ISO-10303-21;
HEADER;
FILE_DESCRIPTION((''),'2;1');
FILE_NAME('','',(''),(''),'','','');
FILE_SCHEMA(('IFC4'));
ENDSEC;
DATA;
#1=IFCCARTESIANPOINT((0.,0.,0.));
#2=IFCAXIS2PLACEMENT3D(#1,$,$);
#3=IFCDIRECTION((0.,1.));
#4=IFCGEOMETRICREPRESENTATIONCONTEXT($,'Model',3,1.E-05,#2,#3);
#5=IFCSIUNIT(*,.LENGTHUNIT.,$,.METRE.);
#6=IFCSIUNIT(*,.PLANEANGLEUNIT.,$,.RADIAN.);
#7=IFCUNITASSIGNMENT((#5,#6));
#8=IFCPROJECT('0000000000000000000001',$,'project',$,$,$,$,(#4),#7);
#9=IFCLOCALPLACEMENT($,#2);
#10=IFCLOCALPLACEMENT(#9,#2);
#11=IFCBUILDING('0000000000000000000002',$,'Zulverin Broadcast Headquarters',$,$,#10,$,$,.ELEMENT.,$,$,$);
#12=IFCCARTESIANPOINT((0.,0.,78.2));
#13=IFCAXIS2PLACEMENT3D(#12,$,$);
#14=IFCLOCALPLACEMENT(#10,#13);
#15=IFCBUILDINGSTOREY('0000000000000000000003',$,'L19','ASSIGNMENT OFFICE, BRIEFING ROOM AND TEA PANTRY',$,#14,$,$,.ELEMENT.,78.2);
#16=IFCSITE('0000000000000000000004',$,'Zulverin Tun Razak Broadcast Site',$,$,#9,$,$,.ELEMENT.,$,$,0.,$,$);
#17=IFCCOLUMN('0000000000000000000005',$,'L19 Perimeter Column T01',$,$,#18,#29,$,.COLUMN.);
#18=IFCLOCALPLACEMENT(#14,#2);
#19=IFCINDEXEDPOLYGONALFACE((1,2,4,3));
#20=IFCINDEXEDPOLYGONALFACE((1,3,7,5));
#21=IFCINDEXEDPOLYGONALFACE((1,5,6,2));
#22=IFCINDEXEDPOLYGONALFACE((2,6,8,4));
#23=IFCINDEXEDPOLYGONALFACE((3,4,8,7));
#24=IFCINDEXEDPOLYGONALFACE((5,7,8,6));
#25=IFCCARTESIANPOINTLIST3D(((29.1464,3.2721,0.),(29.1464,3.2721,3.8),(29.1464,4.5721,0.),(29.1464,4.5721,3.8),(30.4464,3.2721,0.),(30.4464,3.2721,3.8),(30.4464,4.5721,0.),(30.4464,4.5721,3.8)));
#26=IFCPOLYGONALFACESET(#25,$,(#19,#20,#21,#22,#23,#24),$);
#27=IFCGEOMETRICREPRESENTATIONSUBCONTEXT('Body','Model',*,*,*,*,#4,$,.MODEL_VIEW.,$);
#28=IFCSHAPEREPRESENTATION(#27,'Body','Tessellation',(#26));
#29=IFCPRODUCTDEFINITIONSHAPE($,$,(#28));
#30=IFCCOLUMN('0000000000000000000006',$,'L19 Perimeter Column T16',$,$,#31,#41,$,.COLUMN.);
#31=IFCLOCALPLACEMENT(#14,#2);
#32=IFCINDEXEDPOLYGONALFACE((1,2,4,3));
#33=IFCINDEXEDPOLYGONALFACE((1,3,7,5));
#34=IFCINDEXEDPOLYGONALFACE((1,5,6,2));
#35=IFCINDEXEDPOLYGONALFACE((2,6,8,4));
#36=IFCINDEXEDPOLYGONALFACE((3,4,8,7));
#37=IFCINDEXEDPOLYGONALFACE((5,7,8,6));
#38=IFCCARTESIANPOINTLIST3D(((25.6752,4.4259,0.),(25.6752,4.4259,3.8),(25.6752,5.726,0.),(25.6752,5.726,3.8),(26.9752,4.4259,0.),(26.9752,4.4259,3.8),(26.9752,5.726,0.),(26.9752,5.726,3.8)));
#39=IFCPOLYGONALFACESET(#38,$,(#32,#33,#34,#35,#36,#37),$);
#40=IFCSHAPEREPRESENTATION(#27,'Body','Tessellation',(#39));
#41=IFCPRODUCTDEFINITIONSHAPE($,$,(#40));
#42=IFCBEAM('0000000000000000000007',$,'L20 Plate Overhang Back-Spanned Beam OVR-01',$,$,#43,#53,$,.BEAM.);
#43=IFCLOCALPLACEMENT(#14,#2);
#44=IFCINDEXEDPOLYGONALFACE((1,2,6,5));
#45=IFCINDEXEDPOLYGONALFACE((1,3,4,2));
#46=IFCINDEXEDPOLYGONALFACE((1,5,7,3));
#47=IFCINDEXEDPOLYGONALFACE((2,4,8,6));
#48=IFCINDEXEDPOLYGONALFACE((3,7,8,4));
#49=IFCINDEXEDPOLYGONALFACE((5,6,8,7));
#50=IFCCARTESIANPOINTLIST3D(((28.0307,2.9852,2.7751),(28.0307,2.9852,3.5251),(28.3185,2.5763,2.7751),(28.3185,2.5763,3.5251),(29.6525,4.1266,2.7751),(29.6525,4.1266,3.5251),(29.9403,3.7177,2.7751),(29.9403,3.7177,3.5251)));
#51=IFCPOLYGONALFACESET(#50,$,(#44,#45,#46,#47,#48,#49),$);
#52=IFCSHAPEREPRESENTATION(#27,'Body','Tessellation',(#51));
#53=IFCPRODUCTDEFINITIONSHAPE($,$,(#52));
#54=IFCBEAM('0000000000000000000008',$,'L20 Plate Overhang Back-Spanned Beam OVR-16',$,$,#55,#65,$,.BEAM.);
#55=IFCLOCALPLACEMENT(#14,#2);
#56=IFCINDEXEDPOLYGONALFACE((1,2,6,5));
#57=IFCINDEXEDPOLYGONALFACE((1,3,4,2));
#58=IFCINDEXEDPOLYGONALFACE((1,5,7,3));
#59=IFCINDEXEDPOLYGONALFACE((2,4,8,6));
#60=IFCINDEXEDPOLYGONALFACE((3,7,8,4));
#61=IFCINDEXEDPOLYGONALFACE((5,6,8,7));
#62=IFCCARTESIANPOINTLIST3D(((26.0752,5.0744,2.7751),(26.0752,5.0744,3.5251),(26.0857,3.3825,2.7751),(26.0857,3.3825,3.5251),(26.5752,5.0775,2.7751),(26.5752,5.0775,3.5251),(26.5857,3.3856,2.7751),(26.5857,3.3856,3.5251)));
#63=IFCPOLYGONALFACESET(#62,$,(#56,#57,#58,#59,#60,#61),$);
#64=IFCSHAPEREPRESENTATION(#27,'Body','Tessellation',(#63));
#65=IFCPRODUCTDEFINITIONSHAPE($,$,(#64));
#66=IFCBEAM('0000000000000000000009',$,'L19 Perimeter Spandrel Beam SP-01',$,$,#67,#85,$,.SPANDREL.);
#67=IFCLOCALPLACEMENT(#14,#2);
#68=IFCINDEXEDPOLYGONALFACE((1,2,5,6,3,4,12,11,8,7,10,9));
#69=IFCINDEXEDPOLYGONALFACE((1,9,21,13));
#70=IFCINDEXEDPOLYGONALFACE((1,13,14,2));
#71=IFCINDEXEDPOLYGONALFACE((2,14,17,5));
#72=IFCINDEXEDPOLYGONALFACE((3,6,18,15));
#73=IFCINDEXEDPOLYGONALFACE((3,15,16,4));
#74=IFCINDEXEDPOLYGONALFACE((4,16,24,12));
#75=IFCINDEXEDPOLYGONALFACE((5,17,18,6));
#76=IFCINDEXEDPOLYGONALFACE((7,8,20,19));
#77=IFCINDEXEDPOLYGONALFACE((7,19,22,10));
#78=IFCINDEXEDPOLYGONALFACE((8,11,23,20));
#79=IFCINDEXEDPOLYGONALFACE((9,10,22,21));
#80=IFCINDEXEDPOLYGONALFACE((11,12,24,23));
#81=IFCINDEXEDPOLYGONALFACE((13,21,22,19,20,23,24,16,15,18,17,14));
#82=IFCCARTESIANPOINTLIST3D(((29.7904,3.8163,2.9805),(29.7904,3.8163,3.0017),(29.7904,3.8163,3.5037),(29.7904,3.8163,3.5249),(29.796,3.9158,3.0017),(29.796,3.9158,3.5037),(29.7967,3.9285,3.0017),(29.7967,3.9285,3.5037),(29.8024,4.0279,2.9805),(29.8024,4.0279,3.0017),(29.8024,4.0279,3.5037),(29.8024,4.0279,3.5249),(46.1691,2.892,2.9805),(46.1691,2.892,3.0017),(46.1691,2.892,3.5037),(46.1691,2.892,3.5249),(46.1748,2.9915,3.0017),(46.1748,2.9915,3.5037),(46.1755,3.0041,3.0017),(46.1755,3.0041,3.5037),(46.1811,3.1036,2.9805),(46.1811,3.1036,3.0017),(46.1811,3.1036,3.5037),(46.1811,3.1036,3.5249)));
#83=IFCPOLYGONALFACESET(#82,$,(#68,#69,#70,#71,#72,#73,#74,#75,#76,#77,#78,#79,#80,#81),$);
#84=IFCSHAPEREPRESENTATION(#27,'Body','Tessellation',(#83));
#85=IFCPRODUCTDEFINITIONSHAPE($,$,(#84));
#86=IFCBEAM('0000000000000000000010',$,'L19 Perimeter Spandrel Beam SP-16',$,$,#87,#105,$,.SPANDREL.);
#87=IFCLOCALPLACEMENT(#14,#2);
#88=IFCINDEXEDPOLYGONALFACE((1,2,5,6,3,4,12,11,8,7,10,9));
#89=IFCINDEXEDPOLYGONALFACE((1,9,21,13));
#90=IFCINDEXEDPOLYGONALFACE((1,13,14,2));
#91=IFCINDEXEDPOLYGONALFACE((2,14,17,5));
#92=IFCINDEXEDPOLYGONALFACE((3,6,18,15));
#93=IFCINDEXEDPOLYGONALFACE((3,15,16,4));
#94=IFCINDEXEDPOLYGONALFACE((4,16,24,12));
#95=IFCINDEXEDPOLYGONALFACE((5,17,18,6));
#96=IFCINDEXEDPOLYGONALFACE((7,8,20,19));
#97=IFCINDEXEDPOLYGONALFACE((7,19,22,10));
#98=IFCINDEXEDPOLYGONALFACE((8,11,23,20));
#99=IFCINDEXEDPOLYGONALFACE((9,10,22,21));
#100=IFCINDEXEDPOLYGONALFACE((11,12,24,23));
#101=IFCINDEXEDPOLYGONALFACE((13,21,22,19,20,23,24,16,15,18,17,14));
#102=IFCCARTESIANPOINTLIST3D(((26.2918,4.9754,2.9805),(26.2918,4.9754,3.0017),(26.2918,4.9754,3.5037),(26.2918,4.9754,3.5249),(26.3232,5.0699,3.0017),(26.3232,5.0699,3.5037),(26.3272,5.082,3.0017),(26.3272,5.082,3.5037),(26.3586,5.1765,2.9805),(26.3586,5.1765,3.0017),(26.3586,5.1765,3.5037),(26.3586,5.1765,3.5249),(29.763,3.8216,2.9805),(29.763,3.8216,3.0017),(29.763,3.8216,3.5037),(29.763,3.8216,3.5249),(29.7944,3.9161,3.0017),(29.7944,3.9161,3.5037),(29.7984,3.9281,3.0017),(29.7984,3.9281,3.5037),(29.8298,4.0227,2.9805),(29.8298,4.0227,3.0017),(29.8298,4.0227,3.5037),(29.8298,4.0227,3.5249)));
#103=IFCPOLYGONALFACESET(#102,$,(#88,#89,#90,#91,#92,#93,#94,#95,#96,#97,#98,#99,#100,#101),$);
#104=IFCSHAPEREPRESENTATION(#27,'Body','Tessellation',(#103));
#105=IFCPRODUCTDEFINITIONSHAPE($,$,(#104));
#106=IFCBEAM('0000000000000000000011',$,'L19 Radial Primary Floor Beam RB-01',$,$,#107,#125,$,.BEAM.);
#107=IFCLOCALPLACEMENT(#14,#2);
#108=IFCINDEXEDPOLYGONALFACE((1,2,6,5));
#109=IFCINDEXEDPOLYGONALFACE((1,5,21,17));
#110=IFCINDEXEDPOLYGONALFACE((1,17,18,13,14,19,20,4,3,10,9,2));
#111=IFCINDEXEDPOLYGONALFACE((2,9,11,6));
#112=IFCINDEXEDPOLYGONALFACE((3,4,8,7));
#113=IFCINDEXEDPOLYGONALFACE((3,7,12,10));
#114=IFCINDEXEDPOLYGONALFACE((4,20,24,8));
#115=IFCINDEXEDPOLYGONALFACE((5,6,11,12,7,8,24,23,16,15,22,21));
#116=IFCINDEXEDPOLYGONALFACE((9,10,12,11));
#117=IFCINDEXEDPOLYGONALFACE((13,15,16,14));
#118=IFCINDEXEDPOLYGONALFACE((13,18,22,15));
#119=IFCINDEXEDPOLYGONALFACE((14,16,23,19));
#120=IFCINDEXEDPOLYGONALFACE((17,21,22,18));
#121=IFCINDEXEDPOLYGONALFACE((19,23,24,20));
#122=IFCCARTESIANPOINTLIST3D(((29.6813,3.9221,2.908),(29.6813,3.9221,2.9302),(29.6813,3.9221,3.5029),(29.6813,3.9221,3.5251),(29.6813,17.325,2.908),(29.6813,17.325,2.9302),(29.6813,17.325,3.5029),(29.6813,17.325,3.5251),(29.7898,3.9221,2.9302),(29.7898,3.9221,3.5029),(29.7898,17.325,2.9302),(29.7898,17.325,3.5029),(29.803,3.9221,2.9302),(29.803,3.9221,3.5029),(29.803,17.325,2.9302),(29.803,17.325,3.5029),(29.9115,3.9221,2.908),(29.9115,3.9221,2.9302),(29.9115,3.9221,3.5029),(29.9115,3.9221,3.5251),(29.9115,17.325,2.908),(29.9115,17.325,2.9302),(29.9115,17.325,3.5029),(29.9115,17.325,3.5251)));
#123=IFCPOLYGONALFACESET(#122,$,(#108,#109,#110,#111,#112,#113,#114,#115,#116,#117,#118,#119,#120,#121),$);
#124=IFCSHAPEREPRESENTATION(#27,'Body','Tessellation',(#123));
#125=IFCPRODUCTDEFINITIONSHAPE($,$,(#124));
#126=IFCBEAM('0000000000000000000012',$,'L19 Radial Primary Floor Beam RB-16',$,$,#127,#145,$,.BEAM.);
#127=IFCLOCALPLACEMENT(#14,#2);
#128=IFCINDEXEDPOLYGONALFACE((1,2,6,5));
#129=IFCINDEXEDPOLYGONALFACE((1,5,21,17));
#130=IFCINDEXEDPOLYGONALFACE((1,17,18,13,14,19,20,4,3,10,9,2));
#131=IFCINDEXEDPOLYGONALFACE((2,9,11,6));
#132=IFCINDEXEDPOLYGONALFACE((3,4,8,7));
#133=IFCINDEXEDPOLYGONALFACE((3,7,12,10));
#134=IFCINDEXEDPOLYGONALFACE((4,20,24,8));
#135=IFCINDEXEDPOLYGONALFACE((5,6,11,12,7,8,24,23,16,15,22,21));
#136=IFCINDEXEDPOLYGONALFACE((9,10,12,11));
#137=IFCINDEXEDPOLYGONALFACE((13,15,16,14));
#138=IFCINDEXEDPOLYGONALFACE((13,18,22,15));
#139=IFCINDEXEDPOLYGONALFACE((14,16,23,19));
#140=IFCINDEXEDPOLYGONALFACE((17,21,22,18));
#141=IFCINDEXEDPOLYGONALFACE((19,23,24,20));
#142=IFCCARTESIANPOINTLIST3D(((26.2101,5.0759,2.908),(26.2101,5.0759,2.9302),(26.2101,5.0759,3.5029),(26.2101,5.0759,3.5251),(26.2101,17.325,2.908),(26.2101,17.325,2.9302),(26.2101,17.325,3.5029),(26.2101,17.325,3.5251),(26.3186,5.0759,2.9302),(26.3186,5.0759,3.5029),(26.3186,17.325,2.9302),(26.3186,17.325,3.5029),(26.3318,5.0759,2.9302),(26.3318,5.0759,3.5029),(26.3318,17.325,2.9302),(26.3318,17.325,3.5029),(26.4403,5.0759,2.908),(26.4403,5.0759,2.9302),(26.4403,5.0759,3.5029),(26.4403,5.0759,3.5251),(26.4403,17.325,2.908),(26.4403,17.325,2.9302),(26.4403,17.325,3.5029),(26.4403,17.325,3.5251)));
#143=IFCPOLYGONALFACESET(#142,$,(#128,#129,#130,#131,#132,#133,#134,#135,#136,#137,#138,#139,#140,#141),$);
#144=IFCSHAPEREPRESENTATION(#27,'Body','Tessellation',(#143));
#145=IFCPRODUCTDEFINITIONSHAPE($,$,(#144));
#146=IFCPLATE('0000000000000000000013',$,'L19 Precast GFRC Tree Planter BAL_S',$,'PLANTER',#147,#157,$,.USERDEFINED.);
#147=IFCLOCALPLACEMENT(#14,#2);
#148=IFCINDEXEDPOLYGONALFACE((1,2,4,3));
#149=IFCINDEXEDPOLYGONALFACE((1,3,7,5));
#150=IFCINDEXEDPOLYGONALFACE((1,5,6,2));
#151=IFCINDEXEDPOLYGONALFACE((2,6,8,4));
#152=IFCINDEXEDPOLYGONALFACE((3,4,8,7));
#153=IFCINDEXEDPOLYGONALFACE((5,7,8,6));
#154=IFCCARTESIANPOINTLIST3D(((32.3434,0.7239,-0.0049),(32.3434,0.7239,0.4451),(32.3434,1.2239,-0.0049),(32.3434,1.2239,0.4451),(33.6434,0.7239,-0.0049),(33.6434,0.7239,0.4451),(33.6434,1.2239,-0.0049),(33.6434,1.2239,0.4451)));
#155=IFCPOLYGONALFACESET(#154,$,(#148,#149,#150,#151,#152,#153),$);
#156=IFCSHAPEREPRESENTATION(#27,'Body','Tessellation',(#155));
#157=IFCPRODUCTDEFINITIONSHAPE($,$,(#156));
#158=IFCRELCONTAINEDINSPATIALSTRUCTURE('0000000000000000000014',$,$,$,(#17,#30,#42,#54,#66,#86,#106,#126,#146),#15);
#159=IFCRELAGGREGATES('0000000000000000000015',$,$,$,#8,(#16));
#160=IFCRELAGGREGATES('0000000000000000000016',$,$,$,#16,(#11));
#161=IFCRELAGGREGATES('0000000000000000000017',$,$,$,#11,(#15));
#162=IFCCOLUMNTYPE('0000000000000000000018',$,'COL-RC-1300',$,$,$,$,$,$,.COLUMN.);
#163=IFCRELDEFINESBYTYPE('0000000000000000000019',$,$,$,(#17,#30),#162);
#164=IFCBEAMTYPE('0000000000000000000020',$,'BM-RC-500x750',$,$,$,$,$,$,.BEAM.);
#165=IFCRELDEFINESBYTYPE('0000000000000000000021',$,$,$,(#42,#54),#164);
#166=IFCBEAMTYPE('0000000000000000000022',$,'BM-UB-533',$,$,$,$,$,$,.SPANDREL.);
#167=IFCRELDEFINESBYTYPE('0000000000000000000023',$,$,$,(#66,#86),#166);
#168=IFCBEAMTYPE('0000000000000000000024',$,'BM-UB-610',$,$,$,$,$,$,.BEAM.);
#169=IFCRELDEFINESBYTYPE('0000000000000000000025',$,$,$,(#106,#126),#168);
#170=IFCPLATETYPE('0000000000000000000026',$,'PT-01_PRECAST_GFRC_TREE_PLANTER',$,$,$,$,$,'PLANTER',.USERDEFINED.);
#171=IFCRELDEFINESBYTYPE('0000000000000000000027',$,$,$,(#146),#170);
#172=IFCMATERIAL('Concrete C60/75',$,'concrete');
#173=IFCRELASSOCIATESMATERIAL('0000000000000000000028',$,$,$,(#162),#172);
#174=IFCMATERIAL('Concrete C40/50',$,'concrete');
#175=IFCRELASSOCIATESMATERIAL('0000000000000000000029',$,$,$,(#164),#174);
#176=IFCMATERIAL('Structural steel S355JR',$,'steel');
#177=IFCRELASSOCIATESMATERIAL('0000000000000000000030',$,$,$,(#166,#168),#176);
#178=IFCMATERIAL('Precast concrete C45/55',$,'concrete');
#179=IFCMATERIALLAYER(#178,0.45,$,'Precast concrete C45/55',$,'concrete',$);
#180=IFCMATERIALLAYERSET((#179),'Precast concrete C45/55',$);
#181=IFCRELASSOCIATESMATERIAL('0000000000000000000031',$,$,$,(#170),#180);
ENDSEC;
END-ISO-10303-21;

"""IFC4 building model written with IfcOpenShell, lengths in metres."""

from ifc_helpers import new_model, si_unit, direction, frame, origin, origin_2d, place, context, subcontext, project, spatial, rectangle, i_section, extrude, material, layer, layer_set, material_profile, profile_set, type_object, element, save


model = new_model("IFC4")

# Units and contexts
model_context = context("Model", 3, precision=1e-05, world=origin(), true_north=direction((0.0, 1.0)))
body_context = subcontext(model_context, "Body", "Model", "MODEL_VIEW")
ifc_project = project(units=[si_unit("LENGTHUNIT", "METRE"), si_unit("PLANEANGLEUNIT", "RADIAN")], contexts=[model_context])

# Site, building, storey
site_placement = place(None, origin())
site = spatial("IfcSite", under=ifc_project, at=site_placement, Name="Zulverin Tun Razak Broadcast Site", CompositionType="ELEMENT", RefElevation=0.0)
building_placement = place(site_placement, origin())
building = spatial("IfcBuilding", under=site, at=building_placement, Name="Zulverin Broadcast Headquarters", CompositionType="ELEMENT")
storey_placement = place(building_placement, frame((0.0, 0.0, 78.2)))
storey = spatial("IfcBuildingStorey", under=building, at=storey_placement, Name="L19", Description="ASSIGNMENT OFFICE, BRIEFING ROOM AND TEA PANTRY", CompositionType="ELEMENT", Elevation=78.2)

# Columns
ifc_material_1 = material(Name="Concrete C60/75", Category="concrete")
ifc_material_profile_1 = material_profile(ifc_material_1, rectangle(XDim=1.3, YDim=1.3, at=origin_2d()), Name="Concrete C60/75", Category="concrete")
ifc_profile_set_1 = profile_set([ifc_material_profile_1], Name="Concrete C60/75")
column_type = type_object("IfcColumnType", Name="COL-RC-1300", PredefinedType="COLUMN", material=ifc_profile_set_1)
for number, where, z_axis, x_axis, name in (
    (1, (29.7964, 3.9221, 0.0), (0.0, 0.0, 1.0), (1.0, 0.0, 0.0), "L19 Perimeter Column T01"),
    (2, (26.3252, 5.0759, 0.0), (0.0, 0.0, 1.0), (1.0, 0.0, 0.0), "L19 Perimeter Column T16"),
):
    element("IfcColumn", number, at=place(storey_placement, frame(where, z_axis=z_axis, x_axis=x_axis)), inside=storey, type_object=column_type, Name=name, PredefinedType="COLUMN", context=body_context, shape_type="SweptSolid", body=[
        extrude(rectangle(XDim=1.3, YDim=1.3, at=origin_2d()), origin(), (0.0, 0.0, 1.0), 3.8),
    ])

# Beams
ifc_material_2 = material(Name="Concrete C40/50", Category="concrete")
ifc_material_profile_2 = material_profile(ifc_material_2, rectangle(XDim=0.5, YDim=0.75, at=origin_2d()), Name="Concrete C40/50", Category="concrete")
ifc_profile_set_2 = profile_set([ifc_material_profile_2], Name="Concrete C40/50")
beam_type_1 = type_object("IfcBeamType", Name="BM-RC-500x750", PredefinedType="BEAM", material=ifc_profile_set_2)
beam_1_placement = place(storey_placement, frame((29.7964, 3.9221, 3.1501), z_axis=(-0.817789, -0.575518, 0.0), x_axis=(0.575518, -0.817789, 0.0)))
element("IfcBeam", 3, at=beam_1_placement, inside=storey, type_object=beam_type_1, Name="L20 Plate Overhang Back-Spanned Beam OVR-01", PredefinedType="BEAM", context=body_context, shape_type="SweptSolid", body=[
    extrude(rectangle(XDim=0.5, YDim=0.75, at=origin_2d()), origin(), (0.0, 0.0, 1.0), 1.9832),
])
beam_2_placement = place(storey_placement, frame((26.3252, 5.0759, 3.1501), z_axis=(0.006205, -0.999981, 0.0), x_axis=(0.999981, 0.006205, 0.0)))
element("IfcBeam", 4, at=beam_2_placement, inside=storey, type_object=beam_type_1, Name="L20 Plate Overhang Back-Spanned Beam OVR-16", PredefinedType="BEAM", context=body_context, shape_type="SweptSolid", body=[
    extrude(rectangle(XDim=0.5, YDim=0.75, at=origin_2d()), origin(), (0.0, 0.0, 1.0), 1.6919),
])
ifc_material_3 = material(Name="Structural steel S355JR", Category="steel")
ifc_material_profile_3 = material_profile(ifc_material_3, i_section(OverallWidth=0.2119, OverallDepth=0.5444, WebThickness=0.0127, FlangeThickness=0.0212, at=origin_2d()), Name="Structural steel S355JR", Category="steel")
ifc_profile_set_3 = profile_set([ifc_material_profile_3], Name="Structural steel S355JR")
beam_type_2 = type_object("IfcBeamType", Name="BM-UB-533", PredefinedType="SPANDREL", material=ifc_profile_set_3)
beam_3_placement = place(storey_placement, frame((29.7964, 3.9221, 3.2527), z_axis=(0.998411, -0.056345, 0.0), x_axis=(0.056345, 0.998411, 0.0)))
element("IfcBeam", 5, at=beam_3_placement, inside=storey, type_object=beam_type_2, Name="L19 Perimeter Spandrel Beam SP-01", PredefinedType="SPANDREL", context=body_context, shape_type="SweptSolid", body=[
    extrude(i_section(OverallWidth=0.2119, OverallDepth=0.5444, WebThickness=0.0127, FlangeThickness=0.0212, at=origin_2d()), origin(), (0.0, 0.0, 1.0), 16.4048),
])
beam_4_placement = place(storey_placement, frame((26.3252, 5.0759, 3.2527), z_axis=(0.94895, -0.315427, 0.0), x_axis=(0.315427, 0.94895, 0.0)))
element("IfcBeam", 6, at=beam_4_placement, inside=storey, type_object=beam_type_2, Name="L19 Perimeter Spandrel Beam SP-16", PredefinedType="SPANDREL", context=body_context, shape_type="SweptSolid", body=[
    extrude(i_section(OverallWidth=0.2119, OverallDepth=0.5444, WebThickness=0.0127, FlangeThickness=0.0212, at=origin_2d()), origin(), (0.0, 0.0, 1.0), 3.658),
])
ifc_material_profile_4 = material_profile(ifc_material_3, i_section(OverallWidth=0.2302, OverallDepth=0.6172, WebThickness=0.0132, FlangeThickness=0.0222, at=origin_2d()), Name="Structural steel S355JR", Category="steel")
ifc_profile_set_4 = profile_set([ifc_material_profile_4], Name="Structural steel S355JR")
beam_type_3 = type_object("IfcBeamType", Name="BM-UB-610", PredefinedType="BEAM", material=ifc_profile_set_4)
beam_5_placement = place(storey_placement, frame((29.7964, 17.325, 3.2166), z_axis=(0.0, -1.0, 0.0), x_axis=(1.0, 0.0, 0.0)))
element("IfcBeam", 7, at=beam_5_placement, inside=storey, type_object=beam_type_3, Name="L19 Radial Primary Floor Beam RB-01", PredefinedType="BEAM", context=body_context, shape_type="SweptSolid", body=[
    extrude(i_section(OverallWidth=0.2302, OverallDepth=0.6172, WebThickness=0.0132, FlangeThickness=0.0222, at=origin_2d()), origin(), (0.0, 0.0, 1.0), 13.4028),
])
beam_6_placement = place(storey_placement, frame((26.3252, 17.325, 3.2166), z_axis=(0.0, -1.0, 0.0), x_axis=(1.0, 0.0, 0.0)))
element("IfcBeam", 8, at=beam_6_placement, inside=storey, type_object=beam_type_3, Name="L19 Radial Primary Floor Beam RB-16", PredefinedType="BEAM", context=body_context, shape_type="SweptSolid", body=[
    extrude(i_section(OverallWidth=0.2302, OverallDepth=0.6172, WebThickness=0.0132, FlangeThickness=0.0222, at=origin_2d()), origin(), (0.0, 0.0, 1.0), 12.249),
])

# Plate
ifc_material_4 = material(Name="Precast concrete C45/55", Category="concrete")
ifc_layer_1 = layer(ifc_material_4, 0.45, Name="Precast concrete C45/55", Category="concrete")
ifc_layer_set_1 = layer_set([ifc_layer_1], Name="Precast concrete C45/55")
plate_type = type_object("IfcPlateType", Name="PT-01_PRECAST_GFRC_TREE_PLANTER", ElementType="PLANTER", PredefinedType="USERDEFINED", material=ifc_layer_set_1)
plate_placement = place(storey_placement, frame((32.9934, 0.9739, -0.0049), z_axis=(0.0, 0.0, 1.0), x_axis=(1.0, 0.0, 0.0)))
element("IfcPlate", 9, at=plate_placement, inside=storey, type_object=plate_type, Name="L19 Precast GFRC Tree Planter BAL_S", ObjectType="PLANTER", PredefinedType="USERDEFINED", context=body_context, shape_type="SweptSolid", body=[
    extrude(rectangle(XDim=1.3, YDim=0.5, at=origin_2d()), origin(), (0.0, 0.0, 1.0), 0.45),
])

save(model, "model.ifc")
